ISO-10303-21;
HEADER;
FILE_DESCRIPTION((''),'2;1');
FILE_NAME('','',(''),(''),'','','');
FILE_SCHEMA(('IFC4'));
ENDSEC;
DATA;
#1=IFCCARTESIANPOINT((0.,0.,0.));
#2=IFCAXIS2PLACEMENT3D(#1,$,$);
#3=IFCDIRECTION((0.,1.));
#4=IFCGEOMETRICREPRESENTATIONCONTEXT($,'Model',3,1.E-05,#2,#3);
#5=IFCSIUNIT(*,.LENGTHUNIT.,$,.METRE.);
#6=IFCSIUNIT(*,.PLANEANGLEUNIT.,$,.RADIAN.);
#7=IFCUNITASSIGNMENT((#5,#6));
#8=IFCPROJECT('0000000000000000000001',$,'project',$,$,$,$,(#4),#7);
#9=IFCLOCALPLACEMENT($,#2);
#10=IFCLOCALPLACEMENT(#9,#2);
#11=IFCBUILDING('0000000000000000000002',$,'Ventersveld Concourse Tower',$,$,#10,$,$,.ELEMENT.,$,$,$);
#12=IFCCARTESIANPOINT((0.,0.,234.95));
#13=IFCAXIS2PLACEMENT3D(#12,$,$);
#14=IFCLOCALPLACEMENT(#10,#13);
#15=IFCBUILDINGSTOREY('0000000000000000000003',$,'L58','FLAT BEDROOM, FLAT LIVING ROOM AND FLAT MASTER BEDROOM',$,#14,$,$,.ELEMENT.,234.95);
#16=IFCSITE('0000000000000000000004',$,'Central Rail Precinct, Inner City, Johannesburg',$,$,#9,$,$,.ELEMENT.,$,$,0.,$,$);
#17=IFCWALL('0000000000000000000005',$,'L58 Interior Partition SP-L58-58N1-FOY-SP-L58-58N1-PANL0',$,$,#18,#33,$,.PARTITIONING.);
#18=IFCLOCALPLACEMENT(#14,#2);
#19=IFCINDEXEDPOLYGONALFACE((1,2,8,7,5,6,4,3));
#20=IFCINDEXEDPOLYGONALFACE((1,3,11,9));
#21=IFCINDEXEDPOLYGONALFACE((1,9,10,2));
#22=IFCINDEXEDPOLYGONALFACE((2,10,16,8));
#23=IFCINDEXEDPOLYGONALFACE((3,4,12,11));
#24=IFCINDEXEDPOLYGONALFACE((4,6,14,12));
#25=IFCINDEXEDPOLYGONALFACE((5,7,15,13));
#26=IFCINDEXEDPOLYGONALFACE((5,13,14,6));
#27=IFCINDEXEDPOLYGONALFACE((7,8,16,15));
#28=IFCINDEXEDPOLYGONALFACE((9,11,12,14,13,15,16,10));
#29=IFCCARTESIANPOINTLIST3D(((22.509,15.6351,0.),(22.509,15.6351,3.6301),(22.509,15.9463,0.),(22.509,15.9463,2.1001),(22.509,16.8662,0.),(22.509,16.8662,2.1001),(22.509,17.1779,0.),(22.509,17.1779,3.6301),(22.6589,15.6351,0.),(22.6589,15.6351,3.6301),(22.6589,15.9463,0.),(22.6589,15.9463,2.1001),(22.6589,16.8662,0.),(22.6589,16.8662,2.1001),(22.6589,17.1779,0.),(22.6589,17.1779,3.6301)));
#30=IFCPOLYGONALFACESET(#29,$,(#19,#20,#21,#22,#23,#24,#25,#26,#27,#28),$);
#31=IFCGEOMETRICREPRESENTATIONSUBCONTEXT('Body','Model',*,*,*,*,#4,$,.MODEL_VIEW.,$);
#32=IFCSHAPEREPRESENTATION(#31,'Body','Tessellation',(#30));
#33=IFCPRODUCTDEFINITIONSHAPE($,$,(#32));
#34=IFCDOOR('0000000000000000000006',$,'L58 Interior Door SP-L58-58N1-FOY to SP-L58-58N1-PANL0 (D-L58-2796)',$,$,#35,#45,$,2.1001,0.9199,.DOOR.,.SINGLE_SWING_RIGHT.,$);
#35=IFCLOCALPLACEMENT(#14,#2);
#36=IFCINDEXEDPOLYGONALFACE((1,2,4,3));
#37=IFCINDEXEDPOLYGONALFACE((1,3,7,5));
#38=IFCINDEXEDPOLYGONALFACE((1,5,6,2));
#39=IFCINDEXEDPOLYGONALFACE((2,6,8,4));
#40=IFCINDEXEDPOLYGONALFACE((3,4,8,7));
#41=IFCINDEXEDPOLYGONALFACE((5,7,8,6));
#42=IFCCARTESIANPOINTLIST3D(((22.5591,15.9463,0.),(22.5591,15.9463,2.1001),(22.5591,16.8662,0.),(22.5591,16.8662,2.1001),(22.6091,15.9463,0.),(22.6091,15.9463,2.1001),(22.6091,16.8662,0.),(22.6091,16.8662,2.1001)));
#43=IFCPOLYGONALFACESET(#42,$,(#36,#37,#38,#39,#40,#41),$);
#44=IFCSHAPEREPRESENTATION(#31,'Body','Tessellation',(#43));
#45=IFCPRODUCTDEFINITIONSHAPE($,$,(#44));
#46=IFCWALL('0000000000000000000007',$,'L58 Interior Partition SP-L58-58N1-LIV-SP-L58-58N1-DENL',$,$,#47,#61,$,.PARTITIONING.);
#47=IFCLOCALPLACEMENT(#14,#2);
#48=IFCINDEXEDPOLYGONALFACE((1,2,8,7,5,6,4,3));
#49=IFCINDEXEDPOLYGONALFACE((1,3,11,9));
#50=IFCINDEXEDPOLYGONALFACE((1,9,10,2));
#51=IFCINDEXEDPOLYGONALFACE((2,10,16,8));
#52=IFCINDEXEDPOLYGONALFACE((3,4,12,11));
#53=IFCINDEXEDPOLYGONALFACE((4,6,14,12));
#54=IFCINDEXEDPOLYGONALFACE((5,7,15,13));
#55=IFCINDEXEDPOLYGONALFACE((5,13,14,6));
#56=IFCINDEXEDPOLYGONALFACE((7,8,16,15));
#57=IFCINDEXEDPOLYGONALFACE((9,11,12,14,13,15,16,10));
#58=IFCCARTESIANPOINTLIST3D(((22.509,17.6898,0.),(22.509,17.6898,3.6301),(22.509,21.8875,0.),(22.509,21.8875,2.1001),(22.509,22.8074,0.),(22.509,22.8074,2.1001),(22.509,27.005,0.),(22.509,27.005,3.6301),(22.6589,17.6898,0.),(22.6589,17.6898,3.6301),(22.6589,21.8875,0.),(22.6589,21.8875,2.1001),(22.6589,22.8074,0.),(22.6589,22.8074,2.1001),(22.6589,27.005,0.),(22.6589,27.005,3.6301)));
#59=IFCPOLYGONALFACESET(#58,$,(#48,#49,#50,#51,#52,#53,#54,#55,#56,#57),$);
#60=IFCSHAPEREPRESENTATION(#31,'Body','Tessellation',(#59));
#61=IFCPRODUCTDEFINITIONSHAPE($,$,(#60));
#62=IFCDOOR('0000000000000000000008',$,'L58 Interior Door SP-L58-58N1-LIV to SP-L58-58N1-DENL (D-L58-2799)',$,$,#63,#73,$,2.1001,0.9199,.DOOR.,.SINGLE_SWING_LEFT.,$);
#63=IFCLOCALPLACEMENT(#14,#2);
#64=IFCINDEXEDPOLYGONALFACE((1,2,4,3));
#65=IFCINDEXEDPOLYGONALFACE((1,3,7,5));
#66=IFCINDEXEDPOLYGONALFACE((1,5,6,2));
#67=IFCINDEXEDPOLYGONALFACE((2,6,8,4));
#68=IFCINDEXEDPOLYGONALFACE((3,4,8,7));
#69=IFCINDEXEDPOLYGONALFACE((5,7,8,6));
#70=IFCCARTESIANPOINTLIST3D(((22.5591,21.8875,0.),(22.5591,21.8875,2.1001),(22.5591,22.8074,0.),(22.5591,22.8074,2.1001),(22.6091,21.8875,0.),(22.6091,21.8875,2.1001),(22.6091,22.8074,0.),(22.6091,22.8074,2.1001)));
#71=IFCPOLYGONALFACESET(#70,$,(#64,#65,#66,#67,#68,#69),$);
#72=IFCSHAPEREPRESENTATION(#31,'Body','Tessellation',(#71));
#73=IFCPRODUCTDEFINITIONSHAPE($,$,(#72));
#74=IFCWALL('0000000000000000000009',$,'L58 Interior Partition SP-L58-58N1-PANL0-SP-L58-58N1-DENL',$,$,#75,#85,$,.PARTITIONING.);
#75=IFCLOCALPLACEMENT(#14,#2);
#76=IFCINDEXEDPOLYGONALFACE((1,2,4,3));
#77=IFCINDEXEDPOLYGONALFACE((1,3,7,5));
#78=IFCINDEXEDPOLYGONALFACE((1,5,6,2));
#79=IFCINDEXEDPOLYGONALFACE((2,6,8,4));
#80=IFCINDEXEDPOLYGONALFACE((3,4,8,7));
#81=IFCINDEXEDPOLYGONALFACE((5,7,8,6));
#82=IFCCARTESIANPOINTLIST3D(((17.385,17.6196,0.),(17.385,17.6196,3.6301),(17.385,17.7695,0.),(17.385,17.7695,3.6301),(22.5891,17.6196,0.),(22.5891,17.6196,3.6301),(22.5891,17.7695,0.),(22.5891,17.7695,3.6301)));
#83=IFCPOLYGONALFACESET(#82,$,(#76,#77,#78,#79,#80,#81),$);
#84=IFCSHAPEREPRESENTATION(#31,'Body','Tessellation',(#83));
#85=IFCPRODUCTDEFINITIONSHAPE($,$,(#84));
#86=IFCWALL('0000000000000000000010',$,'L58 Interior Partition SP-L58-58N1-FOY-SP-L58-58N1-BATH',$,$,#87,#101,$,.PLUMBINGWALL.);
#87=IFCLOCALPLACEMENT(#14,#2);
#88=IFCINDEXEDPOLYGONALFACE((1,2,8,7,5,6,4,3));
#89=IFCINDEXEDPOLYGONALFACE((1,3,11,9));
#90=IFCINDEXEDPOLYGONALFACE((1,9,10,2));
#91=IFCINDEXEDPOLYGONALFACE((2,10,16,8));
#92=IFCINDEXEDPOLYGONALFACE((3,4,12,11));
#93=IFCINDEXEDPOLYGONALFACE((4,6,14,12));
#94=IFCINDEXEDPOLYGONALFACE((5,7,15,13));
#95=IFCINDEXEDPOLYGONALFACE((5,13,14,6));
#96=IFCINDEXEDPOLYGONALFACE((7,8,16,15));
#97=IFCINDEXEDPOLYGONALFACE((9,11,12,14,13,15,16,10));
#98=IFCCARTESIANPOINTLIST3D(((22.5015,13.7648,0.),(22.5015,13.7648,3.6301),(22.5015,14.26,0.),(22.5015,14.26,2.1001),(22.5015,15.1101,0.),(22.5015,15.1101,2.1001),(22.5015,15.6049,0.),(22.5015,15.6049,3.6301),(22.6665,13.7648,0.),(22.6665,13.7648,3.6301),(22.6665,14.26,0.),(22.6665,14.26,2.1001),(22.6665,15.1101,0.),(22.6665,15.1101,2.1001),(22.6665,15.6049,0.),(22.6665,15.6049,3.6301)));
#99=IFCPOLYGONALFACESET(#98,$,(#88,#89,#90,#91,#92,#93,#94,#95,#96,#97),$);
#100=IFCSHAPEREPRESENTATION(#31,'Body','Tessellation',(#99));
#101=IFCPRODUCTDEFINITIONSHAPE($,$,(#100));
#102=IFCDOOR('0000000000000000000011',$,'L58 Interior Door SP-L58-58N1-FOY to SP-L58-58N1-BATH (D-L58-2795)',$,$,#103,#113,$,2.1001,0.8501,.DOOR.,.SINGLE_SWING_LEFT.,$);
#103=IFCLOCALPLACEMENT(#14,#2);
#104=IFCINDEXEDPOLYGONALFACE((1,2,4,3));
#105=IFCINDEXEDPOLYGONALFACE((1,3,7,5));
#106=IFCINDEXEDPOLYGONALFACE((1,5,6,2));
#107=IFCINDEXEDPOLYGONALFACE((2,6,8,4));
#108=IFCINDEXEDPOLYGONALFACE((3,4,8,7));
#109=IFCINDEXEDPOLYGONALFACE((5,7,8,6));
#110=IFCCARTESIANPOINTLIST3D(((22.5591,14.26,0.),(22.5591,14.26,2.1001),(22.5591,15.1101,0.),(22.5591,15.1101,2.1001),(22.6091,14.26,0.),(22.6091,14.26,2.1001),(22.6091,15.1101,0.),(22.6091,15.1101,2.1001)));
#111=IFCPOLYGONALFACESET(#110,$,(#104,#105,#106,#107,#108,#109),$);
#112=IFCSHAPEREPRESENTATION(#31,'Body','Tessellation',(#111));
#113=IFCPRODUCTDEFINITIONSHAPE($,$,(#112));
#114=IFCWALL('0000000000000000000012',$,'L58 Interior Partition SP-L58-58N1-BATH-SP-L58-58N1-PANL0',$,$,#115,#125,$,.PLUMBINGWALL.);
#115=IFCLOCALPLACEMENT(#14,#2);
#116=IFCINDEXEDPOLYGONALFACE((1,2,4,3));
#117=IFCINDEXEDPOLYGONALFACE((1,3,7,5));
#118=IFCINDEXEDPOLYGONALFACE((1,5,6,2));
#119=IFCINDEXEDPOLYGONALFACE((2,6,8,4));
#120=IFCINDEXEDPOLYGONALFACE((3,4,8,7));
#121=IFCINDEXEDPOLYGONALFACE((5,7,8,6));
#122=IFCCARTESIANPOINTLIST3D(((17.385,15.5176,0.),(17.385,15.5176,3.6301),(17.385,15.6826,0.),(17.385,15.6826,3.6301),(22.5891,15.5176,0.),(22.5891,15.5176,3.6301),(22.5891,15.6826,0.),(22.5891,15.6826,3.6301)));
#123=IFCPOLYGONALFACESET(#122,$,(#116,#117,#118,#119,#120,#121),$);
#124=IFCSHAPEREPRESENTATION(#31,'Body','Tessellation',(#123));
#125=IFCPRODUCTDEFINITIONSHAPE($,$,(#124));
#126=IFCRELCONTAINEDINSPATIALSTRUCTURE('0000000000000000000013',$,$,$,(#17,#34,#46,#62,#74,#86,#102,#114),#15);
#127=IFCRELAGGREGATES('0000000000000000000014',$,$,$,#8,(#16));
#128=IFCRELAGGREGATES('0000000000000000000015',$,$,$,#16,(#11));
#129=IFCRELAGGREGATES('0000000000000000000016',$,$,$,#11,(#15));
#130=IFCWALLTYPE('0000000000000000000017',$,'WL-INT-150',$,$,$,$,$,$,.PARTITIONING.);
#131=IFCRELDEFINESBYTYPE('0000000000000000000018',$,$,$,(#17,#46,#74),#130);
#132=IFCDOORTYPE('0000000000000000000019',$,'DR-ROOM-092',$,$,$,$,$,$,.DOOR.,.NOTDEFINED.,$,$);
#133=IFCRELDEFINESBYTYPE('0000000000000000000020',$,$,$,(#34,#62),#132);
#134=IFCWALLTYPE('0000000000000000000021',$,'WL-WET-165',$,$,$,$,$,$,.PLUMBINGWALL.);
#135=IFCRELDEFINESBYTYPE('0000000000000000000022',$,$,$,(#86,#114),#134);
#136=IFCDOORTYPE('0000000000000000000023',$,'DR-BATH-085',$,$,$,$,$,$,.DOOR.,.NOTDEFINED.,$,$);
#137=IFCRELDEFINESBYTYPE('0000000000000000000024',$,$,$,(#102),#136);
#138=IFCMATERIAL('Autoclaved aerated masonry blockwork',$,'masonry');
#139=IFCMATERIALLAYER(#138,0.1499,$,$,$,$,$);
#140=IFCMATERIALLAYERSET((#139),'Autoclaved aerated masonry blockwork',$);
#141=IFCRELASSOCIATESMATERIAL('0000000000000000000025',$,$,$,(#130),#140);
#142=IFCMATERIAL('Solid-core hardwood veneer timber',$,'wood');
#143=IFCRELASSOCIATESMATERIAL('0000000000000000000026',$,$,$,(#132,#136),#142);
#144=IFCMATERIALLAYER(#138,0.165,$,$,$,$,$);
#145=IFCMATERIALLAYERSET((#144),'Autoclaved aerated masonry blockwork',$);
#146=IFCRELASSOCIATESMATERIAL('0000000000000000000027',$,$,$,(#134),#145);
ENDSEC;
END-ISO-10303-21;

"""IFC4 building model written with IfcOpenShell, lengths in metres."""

from ifc_helpers import new_model, si_unit, direction, frame, frame_2d, origin, place, context, subcontext, project, spatial, rectangle, extrude, material, layer, layer_set, type_object, element, fill, save


model = new_model("IFC4")

# Units and contexts
model_context = context("Model", 3, precision=1e-05, world=origin(), true_north=direction((0.0, 1.0)))
body_context = subcontext(model_context, "Body", "Model", "MODEL_VIEW")
ifc_project = project(units=[si_unit("LENGTHUNIT", "METRE"), si_unit("PLANEANGLEUNIT", "RADIAN")], contexts=[model_context])

# Site, building, storey
site_placement = place(None, origin())
site = spatial("IfcSite", under=ifc_project, at=site_placement, Name="Central Rail Precinct, Inner City, Johannesburg", CompositionType="ELEMENT", RefElevation=0.0)
building_placement = place(site_placement, origin())
building = spatial("IfcBuilding", under=site, at=building_placement, Name="Ventersveld Concourse Tower", CompositionType="ELEMENT")
storey_placement = place(building_placement, frame((0.0, 0.0, 234.95)))
storey = spatial("IfcBuildingStorey", under=building, at=storey_placement, Name="L58", Description="FLAT BEDROOM, FLAT LIVING ROOM AND FLAT MASTER BEDROOM", CompositionType="ELEMENT", Elevation=234.95)

# Shared definitions
ifc_material_1 = material(Name="Solid-core hardwood veneer timber", Category="wood")

# Walls, openings, doors
ifc_material_2 = material(Name="Autoclaved aerated masonry blockwork", Category="masonry")
ifc_layer_1 = layer(ifc_material_2, 0.1499)
ifc_layer_set_1 = layer_set([ifc_layer_1], Name="Autoclaved aerated masonry blockwork")
wall_type_1 = type_object("IfcWallType", Name="WL-INT-150", PredefinedType="PARTITIONING", material=ifc_layer_set_1)
door_type_1 = type_object("IfcDoorType", Name="DR-ROOM-092", OperationType="NOTDEFINED", PredefinedType="DOOR", material=ifc_material_1)
wall_1_placement = place(storey_placement, frame((22.584, 15.635, 0.0), z_axis=(0.0, 0.0, 1.0), x_axis=(0.0, 1.0, 0.0)))
wall_1 = element("IfcWall", 1, at=wall_1_placement, inside=storey, type_object=wall_type_1, Name="L58 Interior Partition SP-L58-58N1-FOY-SP-L58-58N1-PANL0", PredefinedType="PARTITIONING", context=body_context, shape_type="SweptSolid", body=[
    extrude(rectangle(XDim=1.5427, YDim=0.1499, at=frame_2d((0.7715, 0.0))), origin(), (0.0, 0.0, 1.0), 3.6301),
])
opening_1_placement = place(wall_1_placement, frame((0.3113, 0.0, 0.0)))
opening_1 = element("IfcOpeningElement", 2, at=opening_1_placement, cuts=wall_1, PredefinedType="OPENING", context=body_context, shape_type="SweptSolid", body=[
    extrude(rectangle(XDim=0.9199, YDim=2.1001, at=frame_2d((0.46, 1.05))), frame((0.0, 0.085, 0.0), z_axis=(0.0, -1.0, 0.0), x_axis=(1.0, 0.0, 0.0)), (0.0, 0.0, 1.0), 0.1699),
])
door_1_placement = place(opening_1_placement, origin())
door_1 = element("IfcDoor", 3, at=door_1_placement, inside=storey, type_object=door_type_1, Name="L58 Interior Door SP-L58-58N1-FOY to SP-L58-58N1-PANL0 (D-L58-2796)", OperationType="SINGLE_SWING_RIGHT", OverallHeight=2.1001, OverallWidth=0.9199, PredefinedType="DOOR", context=body_context, shape_type="SweptSolid", body=[
    extrude(rectangle(XDim=0.9199, YDim=2.1001, at=frame_2d((0.46, 1.05))), frame((0.0, 0.0249, 0.0), z_axis=(0.0, -1.0, 0.0), x_axis=(1.0, 0.0, 0.0)), (0.0, 0.0, 1.0), 0.05),
])
fill(opening_1, door_1)
wall_2_placement = place(storey_placement, frame((22.584, 17.6897, 0.0), z_axis=(0.0, 0.0, 1.0), x_axis=(0.0, 1.0, 0.0)))
wall_2 = element("IfcWall", 4, at=wall_2_placement, inside=storey, type_object=wall_type_1, Name="L58 Interior Partition SP-L58-58N1-LIV-SP-L58-58N1-DENL", PredefinedType="PARTITIONING", context=body_context, shape_type="SweptSolid", body=[
    extrude(rectangle(XDim=9.3152, YDim=0.1499, at=frame_2d((4.6577, 0.0))), origin(), (0.0, 0.0, 1.0), 3.6301),
])
opening_2_placement = place(wall_2_placement, frame((4.1978, 0.0, 0.0)))
opening_2 = element("IfcOpeningElement", 5, at=opening_2_placement, cuts=wall_2, PredefinedType="OPENING", context=body_context, shape_type="SweptSolid", body=[
    extrude(rectangle(XDim=0.9199, YDim=2.1001, at=frame_2d((0.46, 1.05))), frame((0.0, 0.085, 0.0), z_axis=(0.0, -1.0, 0.0), x_axis=(1.0, 0.0, 0.0)), (0.0, 0.0, 1.0), 0.1699),
])
door_2_placement = place(opening_2_placement, origin())
door_2 = element("IfcDoor", 6, at=door_2_placement, inside=storey, type_object=door_type_1, Name="L58 Interior Door SP-L58-58N1-LIV to SP-L58-58N1-DENL (D-L58-2799)", OperationType="SINGLE_SWING_LEFT", OverallHeight=2.1001, OverallWidth=0.9199, PredefinedType="DOOR", context=body_context, shape_type="SweptSolid", body=[
    extrude(rectangle(XDim=0.9199, YDim=2.1001, at=frame_2d((0.46, 1.05))), frame((0.0, 0.0249, 0.0), z_axis=(0.0, -1.0, 0.0), x_axis=(1.0, 0.0, 0.0)), (0.0, 0.0, 1.0), 0.05),
])
fill(opening_2, door_2)

# Wall
wall_3_placement = place(storey_placement, frame((17.385, 17.6946, 0.0), z_axis=(0.0, 0.0, 1.0), x_axis=(1.0, 0.0, 0.0)))
element("IfcWall", 7, at=wall_3_placement, inside=storey, type_object=wall_type_1, Name="L58 Interior Partition SP-L58-58N1-PANL0-SP-L58-58N1-DENL", PredefinedType="PARTITIONING", context=body_context, shape_type="SweptSolid", body=[
    extrude(rectangle(XDim=5.2041, YDim=0.1499, at=frame_2d((2.6021, 0.0))), origin(), (0.0, 0.0, 1.0), 3.6301),
])

# Wall, opening, door
ifc_layer_2 = layer(ifc_material_2, 0.165)
ifc_layer_set_2 = layer_set([ifc_layer_2], Name="Autoclaved aerated masonry blockwork")
wall_type_2 = type_object("IfcWallType", Name="WL-WET-165", PredefinedType="PLUMBINGWALL", material=ifc_layer_set_2)
wall_4_placement = place(storey_placement, frame((22.584, 13.7649, 0.0), z_axis=(0.0, 0.0, 1.0), x_axis=(0.0, 1.0, 0.0)))
wall_4 = element("IfcWall", 8, at=wall_4_placement, inside=storey, type_object=wall_type_2, Name="L58 Interior Partition SP-L58-58N1-FOY-SP-L58-58N1-BATH", PredefinedType="PLUMBINGWALL", context=body_context, shape_type="SweptSolid", body=[
    extrude(rectangle(XDim=1.8401, YDim=0.165, at=frame_2d((0.9199, 0.0))), origin(), (0.0, 0.0, 1.0), 3.6301),
])
opening_3_placement = place(wall_4_placement, frame((0.4951, 0.0, 0.0)))
opening_3 = element("IfcOpeningElement", 9, at=opening_3_placement, cuts=wall_4, PredefinedType="OPENING", context=body_context, shape_type="SweptSolid", body=[
    extrude(rectangle(XDim=0.8501, YDim=2.1001, at=frame_2d((0.425, 1.05))), frame((0.0, 0.0925, 0.0), z_axis=(0.0, -1.0, 0.0), x_axis=(1.0, 0.0, 0.0)), (0.0, 0.0, 1.0), 0.1851),
])
door_type_2 = type_object("IfcDoorType", Name="DR-BATH-085", OperationType="NOTDEFINED", PredefinedType="DOOR", material=ifc_material_1)
door_3_placement = place(opening_3_placement, origin())
door_3 = element("IfcDoor", 10, at=door_3_placement, inside=storey, type_object=door_type_2, Name="L58 Interior Door SP-L58-58N1-FOY to SP-L58-58N1-BATH (D-L58-2795)", OperationType="SINGLE_SWING_LEFT", OverallHeight=2.1001, OverallWidth=0.8501, PredefinedType="DOOR", context=body_context, shape_type="SweptSolid", body=[
    extrude(rectangle(XDim=0.8501, YDim=2.1001, at=frame_2d((0.425, 1.05))), frame((0.0, 0.0249, 0.0), z_axis=(0.0, -1.0, 0.0), x_axis=(1.0, 0.0, 0.0)), (0.0, 0.0, 1.0), 0.05),
])
fill(opening_3, door_3)

# Wall
wall_5_placement = place(storey_placement, frame((17.385, 15.6001, 0.0), z_axis=(0.0, 0.0, 1.0), x_axis=(1.0, 0.0, 0.0)))
element("IfcWall", 11, at=wall_5_placement, inside=storey, type_object=wall_type_2, Name="L58 Interior Partition SP-L58-58N1-BATH-SP-L58-58N1-PANL0", PredefinedType="PLUMBINGWALL", context=body_context, shape_type="SweptSolid", body=[
    extrude(rectangle(XDim=5.2041, YDim=0.165, at=frame_2d((2.6021, 0.0))), origin(), (0.0, 0.0, 1.0), 3.6301),
])

save(model, "model.ifc")
